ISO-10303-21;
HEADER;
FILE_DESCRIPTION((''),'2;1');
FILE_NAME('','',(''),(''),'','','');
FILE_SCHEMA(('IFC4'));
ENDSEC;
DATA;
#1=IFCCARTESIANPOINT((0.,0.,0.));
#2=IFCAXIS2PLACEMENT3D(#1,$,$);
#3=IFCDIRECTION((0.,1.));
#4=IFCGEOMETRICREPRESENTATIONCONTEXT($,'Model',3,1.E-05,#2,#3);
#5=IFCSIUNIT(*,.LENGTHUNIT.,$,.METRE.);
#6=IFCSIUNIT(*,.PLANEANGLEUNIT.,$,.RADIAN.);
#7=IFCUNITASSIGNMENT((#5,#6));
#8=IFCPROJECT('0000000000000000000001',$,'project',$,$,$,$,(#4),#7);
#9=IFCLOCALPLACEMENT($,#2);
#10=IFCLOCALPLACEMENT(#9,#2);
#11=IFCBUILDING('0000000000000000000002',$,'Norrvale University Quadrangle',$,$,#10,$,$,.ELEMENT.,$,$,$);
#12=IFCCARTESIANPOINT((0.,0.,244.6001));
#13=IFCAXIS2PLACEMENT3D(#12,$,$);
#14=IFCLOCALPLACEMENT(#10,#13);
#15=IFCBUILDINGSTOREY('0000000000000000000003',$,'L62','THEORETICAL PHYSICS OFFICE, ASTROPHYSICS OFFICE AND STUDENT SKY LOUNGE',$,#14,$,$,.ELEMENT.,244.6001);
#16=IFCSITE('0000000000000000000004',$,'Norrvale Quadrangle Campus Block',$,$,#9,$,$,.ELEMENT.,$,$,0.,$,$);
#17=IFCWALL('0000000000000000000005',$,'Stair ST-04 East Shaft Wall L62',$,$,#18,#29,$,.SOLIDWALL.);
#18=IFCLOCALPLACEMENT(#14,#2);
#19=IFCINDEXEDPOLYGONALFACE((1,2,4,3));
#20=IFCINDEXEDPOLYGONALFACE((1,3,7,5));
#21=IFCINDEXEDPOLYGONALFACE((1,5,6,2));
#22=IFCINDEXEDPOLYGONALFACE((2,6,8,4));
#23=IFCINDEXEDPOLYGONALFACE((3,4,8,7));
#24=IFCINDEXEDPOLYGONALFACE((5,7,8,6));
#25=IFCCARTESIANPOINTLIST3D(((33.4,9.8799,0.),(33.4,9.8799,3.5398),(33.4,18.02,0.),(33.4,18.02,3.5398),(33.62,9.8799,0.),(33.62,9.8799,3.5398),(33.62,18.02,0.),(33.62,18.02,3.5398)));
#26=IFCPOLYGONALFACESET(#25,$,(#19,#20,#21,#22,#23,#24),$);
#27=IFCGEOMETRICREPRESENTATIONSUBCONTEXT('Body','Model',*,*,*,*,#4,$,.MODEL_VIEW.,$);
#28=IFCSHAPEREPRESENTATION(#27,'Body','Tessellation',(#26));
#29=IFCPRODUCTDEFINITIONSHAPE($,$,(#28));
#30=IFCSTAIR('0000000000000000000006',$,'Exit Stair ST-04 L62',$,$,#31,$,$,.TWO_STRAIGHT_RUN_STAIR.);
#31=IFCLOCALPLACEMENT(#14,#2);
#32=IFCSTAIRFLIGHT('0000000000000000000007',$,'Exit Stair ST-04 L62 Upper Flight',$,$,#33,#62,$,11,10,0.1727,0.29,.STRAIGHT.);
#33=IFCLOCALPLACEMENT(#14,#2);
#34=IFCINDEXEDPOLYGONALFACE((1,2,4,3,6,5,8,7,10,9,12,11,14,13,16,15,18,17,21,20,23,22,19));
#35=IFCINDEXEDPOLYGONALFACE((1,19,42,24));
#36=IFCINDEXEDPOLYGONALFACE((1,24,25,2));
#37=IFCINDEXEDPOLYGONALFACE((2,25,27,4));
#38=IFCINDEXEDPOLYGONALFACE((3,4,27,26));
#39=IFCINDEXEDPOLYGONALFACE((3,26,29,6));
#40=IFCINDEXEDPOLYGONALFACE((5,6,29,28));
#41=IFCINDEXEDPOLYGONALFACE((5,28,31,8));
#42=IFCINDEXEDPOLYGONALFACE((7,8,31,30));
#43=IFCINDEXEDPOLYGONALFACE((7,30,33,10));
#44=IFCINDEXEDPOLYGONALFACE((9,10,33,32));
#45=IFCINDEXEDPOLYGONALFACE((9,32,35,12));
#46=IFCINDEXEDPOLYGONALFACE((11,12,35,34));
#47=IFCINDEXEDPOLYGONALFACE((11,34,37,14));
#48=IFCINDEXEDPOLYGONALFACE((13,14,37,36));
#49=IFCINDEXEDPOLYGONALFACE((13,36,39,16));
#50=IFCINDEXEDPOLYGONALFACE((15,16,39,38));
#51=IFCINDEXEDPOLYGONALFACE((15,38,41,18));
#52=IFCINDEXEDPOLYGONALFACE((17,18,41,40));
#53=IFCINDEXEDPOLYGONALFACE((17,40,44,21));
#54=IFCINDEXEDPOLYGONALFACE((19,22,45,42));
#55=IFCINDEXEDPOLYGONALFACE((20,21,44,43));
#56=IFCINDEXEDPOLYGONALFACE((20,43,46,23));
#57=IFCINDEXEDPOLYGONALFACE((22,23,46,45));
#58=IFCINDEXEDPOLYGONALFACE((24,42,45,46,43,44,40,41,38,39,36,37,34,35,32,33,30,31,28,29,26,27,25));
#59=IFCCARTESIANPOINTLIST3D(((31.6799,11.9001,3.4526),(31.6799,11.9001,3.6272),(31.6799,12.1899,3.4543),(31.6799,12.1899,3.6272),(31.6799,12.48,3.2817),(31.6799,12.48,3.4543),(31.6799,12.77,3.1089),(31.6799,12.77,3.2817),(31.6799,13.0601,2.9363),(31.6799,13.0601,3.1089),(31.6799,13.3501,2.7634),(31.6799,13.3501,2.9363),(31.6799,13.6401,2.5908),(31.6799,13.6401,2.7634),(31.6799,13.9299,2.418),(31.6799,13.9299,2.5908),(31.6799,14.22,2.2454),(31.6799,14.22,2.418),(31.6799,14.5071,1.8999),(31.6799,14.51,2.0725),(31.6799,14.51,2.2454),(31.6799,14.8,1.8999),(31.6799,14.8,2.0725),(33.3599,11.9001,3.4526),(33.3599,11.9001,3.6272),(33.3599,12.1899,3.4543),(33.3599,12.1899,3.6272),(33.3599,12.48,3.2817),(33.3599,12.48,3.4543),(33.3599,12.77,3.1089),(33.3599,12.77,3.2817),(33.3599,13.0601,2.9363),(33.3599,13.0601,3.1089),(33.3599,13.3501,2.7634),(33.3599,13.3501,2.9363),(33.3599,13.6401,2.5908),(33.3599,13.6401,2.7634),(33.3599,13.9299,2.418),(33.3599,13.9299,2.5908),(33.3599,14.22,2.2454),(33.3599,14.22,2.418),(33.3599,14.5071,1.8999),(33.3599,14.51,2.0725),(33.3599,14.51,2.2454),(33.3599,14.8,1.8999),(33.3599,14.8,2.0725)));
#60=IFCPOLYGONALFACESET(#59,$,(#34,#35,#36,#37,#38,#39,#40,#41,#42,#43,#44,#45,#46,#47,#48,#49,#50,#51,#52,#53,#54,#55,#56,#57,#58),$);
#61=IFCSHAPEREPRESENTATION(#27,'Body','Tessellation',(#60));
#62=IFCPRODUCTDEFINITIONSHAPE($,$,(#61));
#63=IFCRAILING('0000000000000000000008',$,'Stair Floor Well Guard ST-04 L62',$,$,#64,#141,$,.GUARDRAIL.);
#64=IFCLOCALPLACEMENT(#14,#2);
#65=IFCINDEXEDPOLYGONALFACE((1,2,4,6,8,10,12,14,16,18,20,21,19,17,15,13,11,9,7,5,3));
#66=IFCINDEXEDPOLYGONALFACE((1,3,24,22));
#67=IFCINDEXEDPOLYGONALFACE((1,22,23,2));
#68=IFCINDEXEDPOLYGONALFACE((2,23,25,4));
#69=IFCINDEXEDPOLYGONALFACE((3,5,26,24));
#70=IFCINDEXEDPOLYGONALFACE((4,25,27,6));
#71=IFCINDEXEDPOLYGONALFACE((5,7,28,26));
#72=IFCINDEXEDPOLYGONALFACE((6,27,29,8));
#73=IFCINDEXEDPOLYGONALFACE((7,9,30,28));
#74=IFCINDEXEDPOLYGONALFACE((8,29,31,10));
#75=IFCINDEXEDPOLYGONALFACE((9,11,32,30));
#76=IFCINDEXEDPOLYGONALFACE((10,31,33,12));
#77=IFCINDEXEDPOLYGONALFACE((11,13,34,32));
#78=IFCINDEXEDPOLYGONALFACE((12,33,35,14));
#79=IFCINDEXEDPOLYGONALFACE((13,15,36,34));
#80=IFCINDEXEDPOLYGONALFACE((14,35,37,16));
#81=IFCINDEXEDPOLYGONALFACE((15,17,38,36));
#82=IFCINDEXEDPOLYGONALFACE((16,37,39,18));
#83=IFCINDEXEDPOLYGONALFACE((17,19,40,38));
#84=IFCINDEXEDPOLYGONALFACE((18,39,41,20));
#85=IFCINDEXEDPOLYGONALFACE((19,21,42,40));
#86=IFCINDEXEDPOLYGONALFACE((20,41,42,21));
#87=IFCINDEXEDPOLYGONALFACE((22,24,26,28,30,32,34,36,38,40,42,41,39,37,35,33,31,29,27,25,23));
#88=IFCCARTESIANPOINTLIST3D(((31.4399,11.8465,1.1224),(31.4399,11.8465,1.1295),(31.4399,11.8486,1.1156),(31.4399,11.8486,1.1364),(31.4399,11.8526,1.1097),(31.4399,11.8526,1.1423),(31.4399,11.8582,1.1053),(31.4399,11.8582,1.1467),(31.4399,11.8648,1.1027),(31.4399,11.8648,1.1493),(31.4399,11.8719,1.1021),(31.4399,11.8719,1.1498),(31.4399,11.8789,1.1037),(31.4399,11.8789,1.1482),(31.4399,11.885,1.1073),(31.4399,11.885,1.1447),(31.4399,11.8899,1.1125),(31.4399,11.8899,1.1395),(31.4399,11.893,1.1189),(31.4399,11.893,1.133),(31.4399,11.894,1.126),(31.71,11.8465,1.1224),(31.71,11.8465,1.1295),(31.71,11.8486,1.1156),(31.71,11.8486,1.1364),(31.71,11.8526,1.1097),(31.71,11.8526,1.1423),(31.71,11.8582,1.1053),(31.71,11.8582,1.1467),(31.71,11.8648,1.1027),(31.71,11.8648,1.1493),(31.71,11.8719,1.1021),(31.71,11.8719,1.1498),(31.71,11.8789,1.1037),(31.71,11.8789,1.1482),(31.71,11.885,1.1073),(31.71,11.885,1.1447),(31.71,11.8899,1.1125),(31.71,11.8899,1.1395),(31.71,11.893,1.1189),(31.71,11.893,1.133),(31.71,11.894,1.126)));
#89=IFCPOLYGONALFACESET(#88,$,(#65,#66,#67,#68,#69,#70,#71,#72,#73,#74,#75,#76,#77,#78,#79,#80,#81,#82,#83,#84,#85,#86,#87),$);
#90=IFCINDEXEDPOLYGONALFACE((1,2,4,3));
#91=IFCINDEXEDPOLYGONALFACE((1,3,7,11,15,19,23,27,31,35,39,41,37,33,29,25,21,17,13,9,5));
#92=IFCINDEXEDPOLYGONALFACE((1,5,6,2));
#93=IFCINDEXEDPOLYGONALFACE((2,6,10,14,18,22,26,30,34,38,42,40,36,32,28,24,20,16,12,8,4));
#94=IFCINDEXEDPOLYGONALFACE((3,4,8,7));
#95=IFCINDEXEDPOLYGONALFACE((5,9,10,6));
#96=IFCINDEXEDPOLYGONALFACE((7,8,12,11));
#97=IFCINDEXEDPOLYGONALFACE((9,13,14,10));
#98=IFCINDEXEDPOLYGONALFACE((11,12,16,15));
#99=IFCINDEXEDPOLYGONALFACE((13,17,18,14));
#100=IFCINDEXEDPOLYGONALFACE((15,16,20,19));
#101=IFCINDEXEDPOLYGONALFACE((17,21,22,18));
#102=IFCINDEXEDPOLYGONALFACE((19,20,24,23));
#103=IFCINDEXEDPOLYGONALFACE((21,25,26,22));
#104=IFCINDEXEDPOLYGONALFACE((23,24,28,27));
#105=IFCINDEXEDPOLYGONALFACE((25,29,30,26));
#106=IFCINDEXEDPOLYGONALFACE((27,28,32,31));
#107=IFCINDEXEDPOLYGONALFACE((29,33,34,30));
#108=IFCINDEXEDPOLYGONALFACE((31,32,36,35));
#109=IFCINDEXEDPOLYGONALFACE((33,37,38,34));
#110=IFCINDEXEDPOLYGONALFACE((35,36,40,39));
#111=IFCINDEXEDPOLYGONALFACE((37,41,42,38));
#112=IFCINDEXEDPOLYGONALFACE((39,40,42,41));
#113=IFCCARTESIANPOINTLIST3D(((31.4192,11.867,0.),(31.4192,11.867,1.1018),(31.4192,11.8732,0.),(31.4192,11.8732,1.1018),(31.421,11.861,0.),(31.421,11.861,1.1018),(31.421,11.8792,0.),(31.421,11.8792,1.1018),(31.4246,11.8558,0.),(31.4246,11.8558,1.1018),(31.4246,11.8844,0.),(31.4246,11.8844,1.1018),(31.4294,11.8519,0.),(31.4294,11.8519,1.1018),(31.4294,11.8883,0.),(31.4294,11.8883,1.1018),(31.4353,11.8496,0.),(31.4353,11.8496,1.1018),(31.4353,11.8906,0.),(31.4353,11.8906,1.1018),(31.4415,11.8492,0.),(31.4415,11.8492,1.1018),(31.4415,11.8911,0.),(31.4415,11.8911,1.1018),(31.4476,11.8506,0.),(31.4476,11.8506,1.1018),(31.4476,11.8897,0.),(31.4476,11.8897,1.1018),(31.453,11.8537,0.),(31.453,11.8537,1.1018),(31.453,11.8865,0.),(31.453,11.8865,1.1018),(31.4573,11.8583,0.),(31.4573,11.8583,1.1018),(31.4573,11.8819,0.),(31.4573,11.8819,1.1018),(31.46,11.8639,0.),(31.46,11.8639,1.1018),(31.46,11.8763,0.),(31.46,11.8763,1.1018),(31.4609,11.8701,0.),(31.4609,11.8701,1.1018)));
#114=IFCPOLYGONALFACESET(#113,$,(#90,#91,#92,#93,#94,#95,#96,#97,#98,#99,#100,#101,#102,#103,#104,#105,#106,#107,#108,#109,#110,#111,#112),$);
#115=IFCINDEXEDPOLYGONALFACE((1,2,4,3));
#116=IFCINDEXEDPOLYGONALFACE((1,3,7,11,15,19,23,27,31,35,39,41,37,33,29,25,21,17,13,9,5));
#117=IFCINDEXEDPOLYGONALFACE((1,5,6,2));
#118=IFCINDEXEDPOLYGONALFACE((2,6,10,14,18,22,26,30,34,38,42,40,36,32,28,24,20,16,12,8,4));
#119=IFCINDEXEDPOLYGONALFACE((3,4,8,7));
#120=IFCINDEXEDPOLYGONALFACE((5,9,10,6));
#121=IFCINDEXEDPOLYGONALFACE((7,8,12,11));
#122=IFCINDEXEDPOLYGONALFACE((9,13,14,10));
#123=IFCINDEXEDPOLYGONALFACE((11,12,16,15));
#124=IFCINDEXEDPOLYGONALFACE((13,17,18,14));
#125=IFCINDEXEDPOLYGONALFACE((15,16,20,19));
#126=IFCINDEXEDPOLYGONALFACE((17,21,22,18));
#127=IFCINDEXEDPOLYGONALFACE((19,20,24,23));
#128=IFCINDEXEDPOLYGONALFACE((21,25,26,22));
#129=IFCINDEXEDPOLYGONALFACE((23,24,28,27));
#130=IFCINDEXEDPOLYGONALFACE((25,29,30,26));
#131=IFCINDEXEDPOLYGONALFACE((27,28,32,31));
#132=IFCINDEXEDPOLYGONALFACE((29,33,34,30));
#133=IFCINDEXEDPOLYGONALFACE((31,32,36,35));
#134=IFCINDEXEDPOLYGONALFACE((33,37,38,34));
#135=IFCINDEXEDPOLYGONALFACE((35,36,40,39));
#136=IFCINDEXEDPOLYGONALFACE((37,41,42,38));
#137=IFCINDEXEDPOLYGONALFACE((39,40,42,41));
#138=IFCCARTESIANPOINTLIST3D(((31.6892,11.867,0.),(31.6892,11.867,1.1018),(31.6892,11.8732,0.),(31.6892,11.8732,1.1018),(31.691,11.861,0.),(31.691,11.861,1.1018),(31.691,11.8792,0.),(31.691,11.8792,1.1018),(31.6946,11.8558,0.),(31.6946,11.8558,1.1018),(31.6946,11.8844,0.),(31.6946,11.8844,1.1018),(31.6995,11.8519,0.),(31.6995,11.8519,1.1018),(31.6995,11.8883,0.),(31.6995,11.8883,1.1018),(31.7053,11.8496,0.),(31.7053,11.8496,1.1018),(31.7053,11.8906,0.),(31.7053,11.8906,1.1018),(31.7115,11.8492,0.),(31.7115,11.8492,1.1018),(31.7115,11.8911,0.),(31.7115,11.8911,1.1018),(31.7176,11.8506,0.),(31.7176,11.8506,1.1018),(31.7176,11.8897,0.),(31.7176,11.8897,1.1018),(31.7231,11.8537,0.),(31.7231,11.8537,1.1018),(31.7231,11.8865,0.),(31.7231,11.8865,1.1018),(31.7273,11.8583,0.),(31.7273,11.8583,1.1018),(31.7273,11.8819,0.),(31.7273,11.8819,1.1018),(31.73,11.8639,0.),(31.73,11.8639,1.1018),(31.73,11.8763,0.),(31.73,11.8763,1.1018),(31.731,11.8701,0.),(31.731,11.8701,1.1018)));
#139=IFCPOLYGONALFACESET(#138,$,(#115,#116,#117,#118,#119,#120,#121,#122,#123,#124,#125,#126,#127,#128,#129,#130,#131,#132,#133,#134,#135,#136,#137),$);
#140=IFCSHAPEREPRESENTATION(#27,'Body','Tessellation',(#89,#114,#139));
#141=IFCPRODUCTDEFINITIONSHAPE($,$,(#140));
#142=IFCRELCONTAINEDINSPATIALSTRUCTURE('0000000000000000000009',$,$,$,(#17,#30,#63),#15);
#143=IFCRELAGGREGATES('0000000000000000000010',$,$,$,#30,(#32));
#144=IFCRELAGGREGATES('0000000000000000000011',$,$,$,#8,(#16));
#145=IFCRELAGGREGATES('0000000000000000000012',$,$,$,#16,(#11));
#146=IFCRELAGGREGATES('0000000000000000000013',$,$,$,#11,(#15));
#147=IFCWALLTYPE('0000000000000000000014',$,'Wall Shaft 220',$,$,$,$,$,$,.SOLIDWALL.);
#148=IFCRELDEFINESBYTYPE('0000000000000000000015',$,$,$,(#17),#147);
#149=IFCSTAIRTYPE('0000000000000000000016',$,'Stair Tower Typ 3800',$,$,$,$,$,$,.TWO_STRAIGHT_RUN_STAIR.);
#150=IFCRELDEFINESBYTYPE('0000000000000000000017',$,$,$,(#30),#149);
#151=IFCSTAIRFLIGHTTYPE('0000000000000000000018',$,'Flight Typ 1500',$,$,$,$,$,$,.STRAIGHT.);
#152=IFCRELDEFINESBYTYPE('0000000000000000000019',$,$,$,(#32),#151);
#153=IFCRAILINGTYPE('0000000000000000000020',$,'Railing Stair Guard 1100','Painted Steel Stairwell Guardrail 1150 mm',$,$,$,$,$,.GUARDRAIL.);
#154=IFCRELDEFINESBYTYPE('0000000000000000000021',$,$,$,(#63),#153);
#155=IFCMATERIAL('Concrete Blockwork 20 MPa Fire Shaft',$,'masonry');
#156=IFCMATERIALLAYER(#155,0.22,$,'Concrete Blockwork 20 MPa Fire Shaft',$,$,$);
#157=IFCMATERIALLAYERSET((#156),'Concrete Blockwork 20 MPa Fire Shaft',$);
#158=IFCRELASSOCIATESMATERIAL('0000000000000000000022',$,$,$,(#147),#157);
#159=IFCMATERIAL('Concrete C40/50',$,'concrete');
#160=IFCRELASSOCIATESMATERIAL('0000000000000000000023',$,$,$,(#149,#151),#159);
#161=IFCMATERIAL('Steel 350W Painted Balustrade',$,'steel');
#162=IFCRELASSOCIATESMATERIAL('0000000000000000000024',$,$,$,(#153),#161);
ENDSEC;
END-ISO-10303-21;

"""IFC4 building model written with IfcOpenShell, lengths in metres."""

from ifc_helpers import new_model, si_unit, direction, frame, frame_2d, origin, origin_2d, place, context, subcontext, project, spatial, polyline, rectangle, circle, outline, extrude, material, layer, layer_set, type_object, element, aggregate, save


model = new_model("IFC4")

# Units and contexts
model_context = context("Model", 3, precision=1e-05, world=origin(), true_north=direction((0.0, 1.0)))
body_context = subcontext(model_context, "Body", "Model", "MODEL_VIEW")
ifc_project = project(units=[si_unit("LENGTHUNIT", "METRE"), si_unit("PLANEANGLEUNIT", "RADIAN")], contexts=[model_context])

# Site, building, storey
site_placement = place(None, origin())
site = spatial("IfcSite", under=ifc_project, at=site_placement, Name="Norrvale Quadrangle Campus Block", CompositionType="ELEMENT", RefElevation=0.0)
building_placement = place(site_placement, origin())
building = spatial("IfcBuilding", under=site, at=building_placement, Name="Norrvale University Quadrangle", CompositionType="ELEMENT")
storey_placement = place(building_placement, frame((0.0, 0.0, 244.6001)))
storey = spatial("IfcBuildingStorey", under=building, at=storey_placement, Name="L62", Description="THEORETICAL PHYSICS OFFICE, ASTROPHYSICS OFFICE AND STUDENT SKY LOUNGE", CompositionType="ELEMENT", Elevation=244.6001)

# Wall
ifc_material_1 = material(Name="Concrete Blockwork 20 MPa Fire Shaft", Category="masonry")
ifc_layer = layer(ifc_material_1, 0.22, Name="Concrete Blockwork 20 MPa Fire Shaft")
ifc_layer_set = layer_set([ifc_layer], Name="Concrete Blockwork 20 MPa Fire Shaft")
wall_type = type_object("IfcWallType", Name="Wall Shaft 220", PredefinedType="SOLIDWALL", material=ifc_layer_set)
wall_placement = place(storey_placement, frame((33.51, 9.8799, 0.0), z_axis=(0.0, 0.0, 1.0), x_axis=(0.0, 1.0, 0.0)))
element("IfcWall", 1, at=wall_placement, inside=storey, type_object=wall_type, Name="Stair ST-04 East Shaft Wall L62", PredefinedType="SOLIDWALL", context=body_context, shape_type="SweptSolid", body=[
    extrude(rectangle(XDim=8.1401, YDim=0.22, at=frame_2d((4.0701, 0.0))), origin(), (0.0, 0.0, 1.0), 3.5398),
])

# Stair, stair flight
ifc_material_2 = material(Name="Concrete C40/50", Category="concrete")
stair_type = type_object("IfcStairType", Name="Stair Tower Typ 3800", PredefinedType="TWO_STRAIGHT_RUN_STAIR", material=ifc_material_2)
stair_placement = place(storey_placement, origin())
stair = element("IfcStair", 2, at=stair_placement, inside=storey, type_object=stair_type, Name="Exit Stair ST-04 L62", PredefinedType="TWO_STRAIGHT_RUN_STAIR")
stair_flight_type = type_object("IfcStairFlightType", Name="Flight Typ 1500", PredefinedType="STRAIGHT", material=ifc_material_2)
stair_flight_placement = place(storey_placement, frame((32.52, 14.8, 1.8999), z_axis=(0.0, 0.0, 1.0), x_axis=(0.0, -1.0, 0.0)))
stair_flight = element("IfcStairFlight", 3, at=stair_flight_placement, type_object=stair_flight_type, Name="Exit Stair ST-04 L62 Upper Flight", NumberOfRisers=11, NumberOfTreads=10, PredefinedType="STRAIGHT", RiserHeight=0.1727, TreadLength=0.29, context=body_context, shape_type="SweptSolid", body=[
    extrude(outline(polyline([(0.0, 0.0), (0.0, 0.1726), (0.29, 0.1726), (0.29, 0.3455), (0.5801, 0.3455), (0.5801, 0.5181), (0.8701, 0.5181), (0.8701, 0.6909), (1.1599, 0.6909), (1.1599, 0.8635), (1.45, 0.8635), (1.45, 1.0364), (1.74, 1.0364), (1.74, 1.209), (2.03, 1.209), (2.03, 1.3818), (2.3201, 1.3818), (2.3201, 1.5544), (2.6101, 1.5544), (2.6101, 1.7273), (2.8999, 1.7273), (2.8999, 1.8999), (2.8999, 1.5527), (0.293, 0.0), (0.0, 0.0)])), frame((0.0, 0.8398, 0.0), z_axis=(0.0, -1.0, 0.0), x_axis=(1.0, 0.0, 0.0)), (0.0, 0.0, 1.0), 1.6799),
])
aggregate(stair, [stair_flight])

# Railing
ifc_material_3 = material(Name="Steel 350W Painted Balustrade", Category="steel")
railing_type_1 = type_object("IfcRailingType", Name="Railing Stair Guard 1100", Description="Painted Steel Stairwell Guardrail 1150 mm", PredefinedType="GUARDRAIL", material=ifc_material_3)
for number, where, name in (
    (4, (31.4399, 11.8701, 0.0), "Stair Floor Well Guard ST-04 L62"),
):
    element("IfcRailing", number, at=place(storey_placement, frame(where)), inside=storey, type_object=railing_type_1, Name=name, PredefinedType="GUARDRAIL", context=body_context, shape_type="SweptSolid", body=[
        extrude(circle(Radius=0.0239, at=origin_2d()), frame((0.0, 0.0, 1.126), z_axis=(1.0, 0.0, 0.0), x_axis=(0.0, 1.0, 0.0)), (0.0, 0.0, 1.0), 0.27),
        extrude(circle(Radius=0.021, at=origin_2d()), origin(), (0.0, 0.0, 1.0), 1.1018),
        extrude(circle(Radius=0.021, at=origin_2d()), frame((0.27, 0.0, 0.0)), (0.0, 0.0, 1.0), 1.1018),
    ])

save(model, "model.ifc")
